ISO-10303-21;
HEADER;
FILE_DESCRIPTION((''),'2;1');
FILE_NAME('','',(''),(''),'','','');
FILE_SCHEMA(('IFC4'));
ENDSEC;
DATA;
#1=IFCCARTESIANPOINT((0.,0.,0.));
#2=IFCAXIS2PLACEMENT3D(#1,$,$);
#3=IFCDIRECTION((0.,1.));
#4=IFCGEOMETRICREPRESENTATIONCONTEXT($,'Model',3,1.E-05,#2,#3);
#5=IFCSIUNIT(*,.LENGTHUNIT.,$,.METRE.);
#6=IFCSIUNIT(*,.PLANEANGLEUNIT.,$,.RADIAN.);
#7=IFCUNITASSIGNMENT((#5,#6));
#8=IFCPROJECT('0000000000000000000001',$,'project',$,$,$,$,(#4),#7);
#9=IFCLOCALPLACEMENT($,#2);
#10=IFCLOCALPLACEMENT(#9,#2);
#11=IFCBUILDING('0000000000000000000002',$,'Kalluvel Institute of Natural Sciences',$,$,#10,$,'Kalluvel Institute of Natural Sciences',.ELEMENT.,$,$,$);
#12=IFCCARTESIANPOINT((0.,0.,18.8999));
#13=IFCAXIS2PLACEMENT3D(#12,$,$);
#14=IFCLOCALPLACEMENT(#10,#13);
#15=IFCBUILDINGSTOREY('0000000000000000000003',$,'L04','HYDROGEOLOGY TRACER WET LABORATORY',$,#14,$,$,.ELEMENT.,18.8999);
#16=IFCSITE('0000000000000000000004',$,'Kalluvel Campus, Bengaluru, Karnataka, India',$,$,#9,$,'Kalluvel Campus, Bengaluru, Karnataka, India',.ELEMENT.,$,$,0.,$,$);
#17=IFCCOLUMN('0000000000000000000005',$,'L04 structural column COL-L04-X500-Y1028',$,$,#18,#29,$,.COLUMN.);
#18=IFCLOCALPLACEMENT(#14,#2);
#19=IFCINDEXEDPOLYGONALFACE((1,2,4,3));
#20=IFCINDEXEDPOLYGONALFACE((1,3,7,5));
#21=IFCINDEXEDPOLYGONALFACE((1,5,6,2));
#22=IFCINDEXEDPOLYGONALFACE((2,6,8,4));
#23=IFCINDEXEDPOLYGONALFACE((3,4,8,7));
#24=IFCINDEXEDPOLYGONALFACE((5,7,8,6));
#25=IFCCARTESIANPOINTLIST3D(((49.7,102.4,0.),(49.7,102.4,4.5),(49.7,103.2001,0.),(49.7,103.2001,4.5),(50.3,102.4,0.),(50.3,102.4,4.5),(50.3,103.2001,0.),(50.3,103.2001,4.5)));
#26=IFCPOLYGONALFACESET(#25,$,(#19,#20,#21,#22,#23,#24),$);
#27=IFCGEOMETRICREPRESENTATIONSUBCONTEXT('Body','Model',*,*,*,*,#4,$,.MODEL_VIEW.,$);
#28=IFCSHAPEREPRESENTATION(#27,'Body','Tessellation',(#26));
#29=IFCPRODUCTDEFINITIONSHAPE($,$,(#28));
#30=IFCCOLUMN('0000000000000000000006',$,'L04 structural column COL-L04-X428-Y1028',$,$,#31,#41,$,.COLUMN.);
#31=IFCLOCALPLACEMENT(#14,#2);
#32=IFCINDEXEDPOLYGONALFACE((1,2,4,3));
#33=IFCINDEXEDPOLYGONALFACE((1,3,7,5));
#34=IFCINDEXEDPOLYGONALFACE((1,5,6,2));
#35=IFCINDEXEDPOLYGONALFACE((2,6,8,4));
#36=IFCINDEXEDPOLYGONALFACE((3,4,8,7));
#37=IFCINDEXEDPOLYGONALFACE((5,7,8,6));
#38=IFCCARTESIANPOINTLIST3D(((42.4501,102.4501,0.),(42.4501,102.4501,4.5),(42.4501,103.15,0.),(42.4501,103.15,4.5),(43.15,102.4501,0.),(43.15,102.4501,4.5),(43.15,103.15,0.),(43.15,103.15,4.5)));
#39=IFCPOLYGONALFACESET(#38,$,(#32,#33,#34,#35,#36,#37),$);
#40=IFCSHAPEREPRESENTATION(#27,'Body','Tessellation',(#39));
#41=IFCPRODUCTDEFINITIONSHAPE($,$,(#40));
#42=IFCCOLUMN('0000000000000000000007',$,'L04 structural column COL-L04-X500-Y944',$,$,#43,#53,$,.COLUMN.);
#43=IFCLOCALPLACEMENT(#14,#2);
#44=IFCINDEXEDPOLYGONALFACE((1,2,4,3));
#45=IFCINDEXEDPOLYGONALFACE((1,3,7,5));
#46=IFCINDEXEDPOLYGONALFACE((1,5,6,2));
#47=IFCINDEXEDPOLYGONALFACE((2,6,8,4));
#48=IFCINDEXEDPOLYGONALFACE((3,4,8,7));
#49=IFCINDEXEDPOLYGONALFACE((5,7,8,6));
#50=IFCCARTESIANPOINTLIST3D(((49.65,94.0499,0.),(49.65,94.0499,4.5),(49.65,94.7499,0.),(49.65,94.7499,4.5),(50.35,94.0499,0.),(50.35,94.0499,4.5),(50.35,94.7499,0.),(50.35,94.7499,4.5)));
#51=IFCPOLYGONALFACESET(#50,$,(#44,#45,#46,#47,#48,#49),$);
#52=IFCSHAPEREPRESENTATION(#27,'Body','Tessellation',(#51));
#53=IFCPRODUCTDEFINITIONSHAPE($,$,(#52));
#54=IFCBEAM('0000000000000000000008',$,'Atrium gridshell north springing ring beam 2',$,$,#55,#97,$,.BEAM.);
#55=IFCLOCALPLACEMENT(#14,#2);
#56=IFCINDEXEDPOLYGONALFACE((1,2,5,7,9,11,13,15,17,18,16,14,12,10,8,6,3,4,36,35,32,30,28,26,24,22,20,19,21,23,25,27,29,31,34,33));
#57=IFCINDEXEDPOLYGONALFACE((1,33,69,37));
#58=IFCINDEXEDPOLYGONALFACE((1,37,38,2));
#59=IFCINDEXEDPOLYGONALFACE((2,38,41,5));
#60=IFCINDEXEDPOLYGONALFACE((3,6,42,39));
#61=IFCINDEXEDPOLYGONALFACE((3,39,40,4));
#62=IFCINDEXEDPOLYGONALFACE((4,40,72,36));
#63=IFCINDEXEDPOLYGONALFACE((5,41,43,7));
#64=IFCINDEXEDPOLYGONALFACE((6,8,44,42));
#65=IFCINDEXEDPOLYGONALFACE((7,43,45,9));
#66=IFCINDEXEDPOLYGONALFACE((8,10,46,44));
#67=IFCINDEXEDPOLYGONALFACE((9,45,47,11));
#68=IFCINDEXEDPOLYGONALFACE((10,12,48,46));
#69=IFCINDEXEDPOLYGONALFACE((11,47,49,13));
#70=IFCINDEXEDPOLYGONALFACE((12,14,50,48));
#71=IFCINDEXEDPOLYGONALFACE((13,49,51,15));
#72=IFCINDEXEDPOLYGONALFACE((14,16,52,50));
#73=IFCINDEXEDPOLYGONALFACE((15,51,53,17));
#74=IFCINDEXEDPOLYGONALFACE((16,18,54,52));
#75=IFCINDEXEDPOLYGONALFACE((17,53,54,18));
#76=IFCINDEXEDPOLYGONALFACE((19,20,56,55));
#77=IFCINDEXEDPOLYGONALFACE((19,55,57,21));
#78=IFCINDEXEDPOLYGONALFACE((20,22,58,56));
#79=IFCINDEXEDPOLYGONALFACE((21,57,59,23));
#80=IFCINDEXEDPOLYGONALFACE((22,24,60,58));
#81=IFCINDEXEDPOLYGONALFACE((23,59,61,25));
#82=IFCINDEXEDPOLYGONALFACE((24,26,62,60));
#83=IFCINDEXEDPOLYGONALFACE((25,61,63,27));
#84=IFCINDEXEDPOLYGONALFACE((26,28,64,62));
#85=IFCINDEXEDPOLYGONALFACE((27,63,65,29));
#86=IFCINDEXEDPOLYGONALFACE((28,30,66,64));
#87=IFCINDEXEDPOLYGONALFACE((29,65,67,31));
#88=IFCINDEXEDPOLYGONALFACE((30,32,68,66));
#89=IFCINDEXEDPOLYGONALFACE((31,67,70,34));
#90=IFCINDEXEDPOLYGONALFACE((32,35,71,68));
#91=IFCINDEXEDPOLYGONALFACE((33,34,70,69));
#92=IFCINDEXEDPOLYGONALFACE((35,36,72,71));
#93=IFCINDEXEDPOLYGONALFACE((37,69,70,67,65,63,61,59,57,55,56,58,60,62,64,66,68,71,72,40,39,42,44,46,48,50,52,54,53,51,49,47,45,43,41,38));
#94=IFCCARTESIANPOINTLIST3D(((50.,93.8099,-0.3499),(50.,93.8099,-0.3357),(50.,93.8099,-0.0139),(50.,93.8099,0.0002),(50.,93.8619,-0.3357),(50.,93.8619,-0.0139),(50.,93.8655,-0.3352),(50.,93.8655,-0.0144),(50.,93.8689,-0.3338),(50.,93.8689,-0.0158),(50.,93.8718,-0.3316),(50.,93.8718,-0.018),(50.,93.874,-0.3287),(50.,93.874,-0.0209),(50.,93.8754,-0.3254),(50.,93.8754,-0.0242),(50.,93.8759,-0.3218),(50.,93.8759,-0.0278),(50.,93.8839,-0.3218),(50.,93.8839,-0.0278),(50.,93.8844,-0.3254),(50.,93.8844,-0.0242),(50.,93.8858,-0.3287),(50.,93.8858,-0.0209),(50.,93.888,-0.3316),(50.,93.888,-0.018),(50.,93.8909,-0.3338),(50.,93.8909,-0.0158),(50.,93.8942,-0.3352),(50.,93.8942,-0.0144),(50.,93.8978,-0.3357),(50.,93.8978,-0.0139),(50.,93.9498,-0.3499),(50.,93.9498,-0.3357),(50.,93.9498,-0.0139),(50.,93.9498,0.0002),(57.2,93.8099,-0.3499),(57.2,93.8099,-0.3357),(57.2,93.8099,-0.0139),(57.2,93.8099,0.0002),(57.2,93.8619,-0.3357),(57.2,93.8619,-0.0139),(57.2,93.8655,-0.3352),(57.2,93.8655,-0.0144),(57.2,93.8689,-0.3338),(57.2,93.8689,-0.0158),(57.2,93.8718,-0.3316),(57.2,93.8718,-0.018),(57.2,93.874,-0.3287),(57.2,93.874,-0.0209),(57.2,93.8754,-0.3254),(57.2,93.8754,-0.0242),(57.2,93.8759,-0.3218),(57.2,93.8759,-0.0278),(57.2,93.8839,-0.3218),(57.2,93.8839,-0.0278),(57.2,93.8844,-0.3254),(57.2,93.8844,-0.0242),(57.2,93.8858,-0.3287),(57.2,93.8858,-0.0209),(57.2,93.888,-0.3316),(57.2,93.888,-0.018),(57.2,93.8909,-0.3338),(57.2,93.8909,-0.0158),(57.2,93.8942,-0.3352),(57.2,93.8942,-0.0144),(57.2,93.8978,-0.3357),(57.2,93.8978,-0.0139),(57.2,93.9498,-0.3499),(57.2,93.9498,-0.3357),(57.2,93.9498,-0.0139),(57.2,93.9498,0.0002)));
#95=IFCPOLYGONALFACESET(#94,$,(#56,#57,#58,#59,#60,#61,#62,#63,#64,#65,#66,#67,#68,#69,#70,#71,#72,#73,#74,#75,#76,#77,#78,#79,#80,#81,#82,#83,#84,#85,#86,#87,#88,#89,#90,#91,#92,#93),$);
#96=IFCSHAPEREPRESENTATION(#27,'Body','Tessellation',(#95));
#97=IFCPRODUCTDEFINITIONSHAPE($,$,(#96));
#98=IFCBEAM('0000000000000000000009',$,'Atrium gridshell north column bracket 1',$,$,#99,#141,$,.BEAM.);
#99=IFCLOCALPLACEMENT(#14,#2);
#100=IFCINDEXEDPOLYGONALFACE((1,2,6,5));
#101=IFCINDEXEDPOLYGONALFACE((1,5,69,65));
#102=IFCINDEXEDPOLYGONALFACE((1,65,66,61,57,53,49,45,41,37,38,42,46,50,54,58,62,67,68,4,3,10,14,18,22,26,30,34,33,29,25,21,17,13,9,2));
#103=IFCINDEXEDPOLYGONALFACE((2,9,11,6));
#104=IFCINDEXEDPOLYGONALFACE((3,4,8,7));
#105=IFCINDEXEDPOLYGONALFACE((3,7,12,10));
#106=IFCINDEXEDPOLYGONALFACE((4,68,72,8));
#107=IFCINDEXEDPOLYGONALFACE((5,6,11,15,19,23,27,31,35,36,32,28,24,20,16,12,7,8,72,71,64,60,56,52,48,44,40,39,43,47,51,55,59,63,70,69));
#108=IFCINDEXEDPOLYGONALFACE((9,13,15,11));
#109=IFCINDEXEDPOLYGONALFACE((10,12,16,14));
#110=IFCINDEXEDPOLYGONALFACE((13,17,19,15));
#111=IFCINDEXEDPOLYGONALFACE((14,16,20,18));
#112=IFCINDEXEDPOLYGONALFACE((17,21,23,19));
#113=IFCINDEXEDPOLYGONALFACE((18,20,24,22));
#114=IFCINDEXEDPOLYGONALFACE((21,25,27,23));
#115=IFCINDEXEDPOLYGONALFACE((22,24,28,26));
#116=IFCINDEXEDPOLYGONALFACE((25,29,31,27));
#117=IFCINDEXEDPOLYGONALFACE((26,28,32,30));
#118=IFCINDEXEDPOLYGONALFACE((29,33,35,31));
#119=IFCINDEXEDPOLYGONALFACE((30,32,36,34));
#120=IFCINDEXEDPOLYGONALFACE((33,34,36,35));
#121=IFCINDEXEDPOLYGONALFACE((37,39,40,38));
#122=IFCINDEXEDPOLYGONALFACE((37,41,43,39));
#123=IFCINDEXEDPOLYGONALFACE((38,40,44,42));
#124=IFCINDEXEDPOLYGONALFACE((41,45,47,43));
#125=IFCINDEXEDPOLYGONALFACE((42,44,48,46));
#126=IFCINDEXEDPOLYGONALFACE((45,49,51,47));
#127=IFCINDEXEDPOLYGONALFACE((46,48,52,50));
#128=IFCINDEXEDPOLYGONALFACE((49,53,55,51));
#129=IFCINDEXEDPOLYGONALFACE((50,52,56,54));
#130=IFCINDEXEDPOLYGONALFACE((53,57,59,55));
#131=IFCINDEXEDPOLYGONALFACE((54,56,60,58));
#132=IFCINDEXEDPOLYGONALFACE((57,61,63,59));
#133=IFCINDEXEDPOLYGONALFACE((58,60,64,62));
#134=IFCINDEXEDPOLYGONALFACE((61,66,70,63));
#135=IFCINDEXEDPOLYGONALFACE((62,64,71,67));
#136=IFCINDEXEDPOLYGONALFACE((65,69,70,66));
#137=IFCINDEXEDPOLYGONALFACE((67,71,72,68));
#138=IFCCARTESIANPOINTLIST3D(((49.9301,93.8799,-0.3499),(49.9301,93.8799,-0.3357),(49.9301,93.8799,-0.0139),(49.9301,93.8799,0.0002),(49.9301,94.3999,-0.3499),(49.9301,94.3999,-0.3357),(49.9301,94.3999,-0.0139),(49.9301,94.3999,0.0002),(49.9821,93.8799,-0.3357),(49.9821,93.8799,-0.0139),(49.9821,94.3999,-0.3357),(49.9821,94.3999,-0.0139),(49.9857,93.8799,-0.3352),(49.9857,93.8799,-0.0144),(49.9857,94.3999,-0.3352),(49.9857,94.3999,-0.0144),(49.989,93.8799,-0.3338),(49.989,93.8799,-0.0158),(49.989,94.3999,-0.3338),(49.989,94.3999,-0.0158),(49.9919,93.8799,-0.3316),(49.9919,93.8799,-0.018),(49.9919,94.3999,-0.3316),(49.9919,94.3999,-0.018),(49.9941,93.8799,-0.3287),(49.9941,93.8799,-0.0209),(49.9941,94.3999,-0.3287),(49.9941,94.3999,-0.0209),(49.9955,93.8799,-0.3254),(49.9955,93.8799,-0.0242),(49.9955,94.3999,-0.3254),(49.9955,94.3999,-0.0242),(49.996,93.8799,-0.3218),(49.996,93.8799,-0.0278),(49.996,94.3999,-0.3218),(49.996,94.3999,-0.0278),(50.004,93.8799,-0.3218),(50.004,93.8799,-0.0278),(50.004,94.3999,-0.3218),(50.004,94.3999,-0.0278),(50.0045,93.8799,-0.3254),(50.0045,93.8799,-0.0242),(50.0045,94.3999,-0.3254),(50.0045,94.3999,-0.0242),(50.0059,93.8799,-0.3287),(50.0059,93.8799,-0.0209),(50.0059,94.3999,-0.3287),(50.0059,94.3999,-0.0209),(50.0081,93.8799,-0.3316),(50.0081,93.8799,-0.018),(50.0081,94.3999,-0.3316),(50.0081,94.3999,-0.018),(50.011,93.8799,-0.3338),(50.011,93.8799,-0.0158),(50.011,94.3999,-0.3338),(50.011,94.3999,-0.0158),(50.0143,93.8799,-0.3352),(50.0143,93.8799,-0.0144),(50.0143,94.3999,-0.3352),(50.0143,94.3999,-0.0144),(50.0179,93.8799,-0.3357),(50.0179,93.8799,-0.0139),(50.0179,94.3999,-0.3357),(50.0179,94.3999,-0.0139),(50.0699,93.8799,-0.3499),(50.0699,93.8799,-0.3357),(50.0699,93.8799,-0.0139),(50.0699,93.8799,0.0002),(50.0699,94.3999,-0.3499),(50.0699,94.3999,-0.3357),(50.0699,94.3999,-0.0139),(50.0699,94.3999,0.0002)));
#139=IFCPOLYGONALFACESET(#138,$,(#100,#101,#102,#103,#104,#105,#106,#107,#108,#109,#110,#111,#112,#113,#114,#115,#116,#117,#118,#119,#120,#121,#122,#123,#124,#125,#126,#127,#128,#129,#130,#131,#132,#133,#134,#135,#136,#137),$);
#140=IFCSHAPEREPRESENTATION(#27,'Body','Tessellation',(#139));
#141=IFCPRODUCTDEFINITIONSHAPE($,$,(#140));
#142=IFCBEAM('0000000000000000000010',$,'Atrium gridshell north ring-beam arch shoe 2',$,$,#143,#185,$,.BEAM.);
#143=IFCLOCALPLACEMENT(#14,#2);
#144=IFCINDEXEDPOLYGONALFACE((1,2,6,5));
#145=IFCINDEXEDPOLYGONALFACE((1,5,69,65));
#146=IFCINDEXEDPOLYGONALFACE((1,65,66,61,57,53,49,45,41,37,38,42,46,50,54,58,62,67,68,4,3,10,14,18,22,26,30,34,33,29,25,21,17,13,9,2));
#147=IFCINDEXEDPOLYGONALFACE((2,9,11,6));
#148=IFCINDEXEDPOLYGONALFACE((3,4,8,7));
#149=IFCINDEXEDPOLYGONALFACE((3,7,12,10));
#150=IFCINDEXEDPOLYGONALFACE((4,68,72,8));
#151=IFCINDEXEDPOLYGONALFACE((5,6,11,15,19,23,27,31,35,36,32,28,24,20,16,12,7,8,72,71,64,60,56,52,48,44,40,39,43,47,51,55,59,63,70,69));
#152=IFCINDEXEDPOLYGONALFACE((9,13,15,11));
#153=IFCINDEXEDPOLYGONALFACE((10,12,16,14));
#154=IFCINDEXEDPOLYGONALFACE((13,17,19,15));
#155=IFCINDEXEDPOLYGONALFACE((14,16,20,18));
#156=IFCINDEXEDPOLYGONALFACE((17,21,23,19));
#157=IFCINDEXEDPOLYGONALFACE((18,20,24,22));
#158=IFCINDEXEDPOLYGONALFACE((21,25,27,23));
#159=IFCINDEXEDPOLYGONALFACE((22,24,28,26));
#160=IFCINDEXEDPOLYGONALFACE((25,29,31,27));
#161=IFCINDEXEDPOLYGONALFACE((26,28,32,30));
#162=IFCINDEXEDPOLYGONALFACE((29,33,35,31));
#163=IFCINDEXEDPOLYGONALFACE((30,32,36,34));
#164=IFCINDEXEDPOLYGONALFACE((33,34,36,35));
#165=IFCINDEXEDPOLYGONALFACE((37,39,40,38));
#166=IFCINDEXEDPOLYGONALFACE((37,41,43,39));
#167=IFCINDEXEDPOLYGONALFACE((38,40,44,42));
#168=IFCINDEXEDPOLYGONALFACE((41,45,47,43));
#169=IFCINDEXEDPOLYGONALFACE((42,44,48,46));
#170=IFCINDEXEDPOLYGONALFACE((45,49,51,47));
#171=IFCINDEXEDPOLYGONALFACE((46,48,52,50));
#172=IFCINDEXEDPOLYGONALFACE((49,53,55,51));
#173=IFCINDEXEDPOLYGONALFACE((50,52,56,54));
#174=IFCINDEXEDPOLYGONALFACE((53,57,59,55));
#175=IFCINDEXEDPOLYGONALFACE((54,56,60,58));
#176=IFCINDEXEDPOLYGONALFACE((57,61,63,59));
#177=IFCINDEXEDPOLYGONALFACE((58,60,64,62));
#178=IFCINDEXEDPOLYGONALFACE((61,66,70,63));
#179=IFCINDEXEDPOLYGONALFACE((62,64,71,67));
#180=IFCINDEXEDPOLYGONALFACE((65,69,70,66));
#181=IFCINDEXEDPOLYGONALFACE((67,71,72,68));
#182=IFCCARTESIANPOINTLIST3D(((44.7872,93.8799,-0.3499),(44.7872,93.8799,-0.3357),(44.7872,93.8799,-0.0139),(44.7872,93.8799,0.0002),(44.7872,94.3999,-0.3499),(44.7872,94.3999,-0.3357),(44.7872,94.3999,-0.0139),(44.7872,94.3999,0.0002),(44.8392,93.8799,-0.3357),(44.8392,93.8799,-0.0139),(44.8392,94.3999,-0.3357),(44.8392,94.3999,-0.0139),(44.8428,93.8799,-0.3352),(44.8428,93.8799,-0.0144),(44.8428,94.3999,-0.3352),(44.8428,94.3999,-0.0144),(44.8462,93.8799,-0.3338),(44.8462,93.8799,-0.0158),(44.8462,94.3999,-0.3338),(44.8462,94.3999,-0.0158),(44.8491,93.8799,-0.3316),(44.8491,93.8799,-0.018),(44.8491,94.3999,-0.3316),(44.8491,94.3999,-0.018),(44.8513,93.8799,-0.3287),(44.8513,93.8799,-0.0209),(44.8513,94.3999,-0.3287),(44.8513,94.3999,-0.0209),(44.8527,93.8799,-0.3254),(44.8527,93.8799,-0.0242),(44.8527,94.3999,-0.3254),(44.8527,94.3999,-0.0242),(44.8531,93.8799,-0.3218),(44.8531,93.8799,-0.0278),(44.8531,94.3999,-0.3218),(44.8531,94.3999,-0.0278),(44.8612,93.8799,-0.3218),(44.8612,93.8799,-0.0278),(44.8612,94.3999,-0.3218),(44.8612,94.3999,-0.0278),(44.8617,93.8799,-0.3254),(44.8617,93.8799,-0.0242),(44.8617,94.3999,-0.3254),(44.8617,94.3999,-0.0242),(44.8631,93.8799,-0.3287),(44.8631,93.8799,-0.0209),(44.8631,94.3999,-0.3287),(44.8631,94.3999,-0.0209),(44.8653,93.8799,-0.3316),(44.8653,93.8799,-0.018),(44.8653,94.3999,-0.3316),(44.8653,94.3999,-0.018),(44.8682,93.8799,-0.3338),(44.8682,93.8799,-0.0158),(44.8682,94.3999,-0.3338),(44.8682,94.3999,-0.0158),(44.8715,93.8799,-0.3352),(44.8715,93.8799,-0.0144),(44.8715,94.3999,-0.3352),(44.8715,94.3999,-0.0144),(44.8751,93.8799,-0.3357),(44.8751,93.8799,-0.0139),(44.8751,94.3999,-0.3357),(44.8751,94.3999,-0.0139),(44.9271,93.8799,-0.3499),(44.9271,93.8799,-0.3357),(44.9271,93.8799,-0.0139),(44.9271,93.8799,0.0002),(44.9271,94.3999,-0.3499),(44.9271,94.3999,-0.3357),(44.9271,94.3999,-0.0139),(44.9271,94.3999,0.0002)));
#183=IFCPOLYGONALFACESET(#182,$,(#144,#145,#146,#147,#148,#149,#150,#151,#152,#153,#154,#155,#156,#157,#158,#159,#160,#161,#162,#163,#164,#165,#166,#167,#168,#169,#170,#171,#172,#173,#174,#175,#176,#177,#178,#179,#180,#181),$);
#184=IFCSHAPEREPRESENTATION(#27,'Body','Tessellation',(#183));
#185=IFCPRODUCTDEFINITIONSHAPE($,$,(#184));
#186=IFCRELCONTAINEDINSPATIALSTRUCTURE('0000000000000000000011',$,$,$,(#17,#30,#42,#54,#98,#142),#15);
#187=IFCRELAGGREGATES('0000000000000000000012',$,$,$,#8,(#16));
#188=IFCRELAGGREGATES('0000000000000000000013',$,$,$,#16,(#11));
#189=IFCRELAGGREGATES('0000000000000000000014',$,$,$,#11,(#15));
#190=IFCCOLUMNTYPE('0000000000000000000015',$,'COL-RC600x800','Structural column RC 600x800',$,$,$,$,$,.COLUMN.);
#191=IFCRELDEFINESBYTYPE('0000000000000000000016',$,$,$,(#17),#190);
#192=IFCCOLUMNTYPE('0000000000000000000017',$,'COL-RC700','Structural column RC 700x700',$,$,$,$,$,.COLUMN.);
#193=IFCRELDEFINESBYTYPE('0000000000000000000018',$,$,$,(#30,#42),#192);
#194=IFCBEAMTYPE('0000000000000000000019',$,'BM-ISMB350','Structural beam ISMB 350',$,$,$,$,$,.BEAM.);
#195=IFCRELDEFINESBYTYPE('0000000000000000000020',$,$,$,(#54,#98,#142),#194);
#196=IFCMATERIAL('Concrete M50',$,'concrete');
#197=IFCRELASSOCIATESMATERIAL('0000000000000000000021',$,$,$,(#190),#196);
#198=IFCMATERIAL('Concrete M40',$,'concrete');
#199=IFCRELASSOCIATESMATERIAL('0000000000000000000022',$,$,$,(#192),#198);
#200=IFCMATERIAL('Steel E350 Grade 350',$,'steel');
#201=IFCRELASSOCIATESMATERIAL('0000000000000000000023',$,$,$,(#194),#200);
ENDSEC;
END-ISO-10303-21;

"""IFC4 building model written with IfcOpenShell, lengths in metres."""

from ifc_helpers import new_model, si_unit, direction, frame, origin, origin_2d, place, context, subcontext, project, spatial, rectangle, i_section, extrude, material, material_profile, profile_set, type_object, element, save


model = new_model("IFC4")

# Units and contexts
model_context = context("Model", 3, precision=1e-05, world=origin(), true_north=direction((0.0, 1.0)))
body_context = subcontext(model_context, "Body", "Model", "MODEL_VIEW")
ifc_project = project(units=[si_unit("LENGTHUNIT", "METRE"), si_unit("PLANEANGLEUNIT", "RADIAN")], contexts=[model_context])

# Site, building, storey
site_placement = place(None, origin())
site = spatial("IfcSite", under=ifc_project, at=site_placement, Name="Kalluvel Campus, Bengaluru, Karnataka, India", LongName="Kalluvel Campus, Bengaluru, Karnataka, India", CompositionType="ELEMENT", RefElevation=0.0)
building_placement = place(site_placement, origin())
building = spatial("IfcBuilding", under=site, at=building_placement, Name="Kalluvel Institute of Natural Sciences", LongName="Kalluvel Institute of Natural Sciences", CompositionType="ELEMENT")
storey_placement = place(building_placement, frame((0.0, 0.0, 18.8999)))
storey = spatial("IfcBuildingStorey", under=building, at=storey_placement, Name="L04", Description="HYDROGEOLOGY TRACER WET LABORATORY", CompositionType="ELEMENT", Elevation=18.8999)

# Columns
ifc_material_1 = material(Name="Concrete M50", Category="concrete")
ifc_material_profile_1 = material_profile(ifc_material_1, rectangle(XDim=0.6001, YDim=0.8, at=origin_2d()), Name="RC 600x800")
ifc_profile_set_1 = profile_set([ifc_material_profile_1], Name="Concrete M50")
column_type_1 = type_object("IfcColumnType", Name="COL-RC600x800", Description="Structural column RC 600x800", PredefinedType="COLUMN", material=ifc_profile_set_1)
column_placement = place(storey_placement, frame((50.0, 102.8, 0.0), z_axis=(0.0, 0.0, 1.0), x_axis=(1.0, 0.0, 0.0)))
element("IfcColumn", 1, at=column_placement, inside=storey, type_object=column_type_1, Name="L04 structural column COL-L04-X500-Y1028", PredefinedType="COLUMN", context=body_context, shape_type="SweptSolid", body=[
    extrude(rectangle(XDim=0.6001, YDim=0.8, at=origin_2d()), origin(), (0.0, 0.0, 1.0), 4.5),
])
ifc_material_2 = material(Name="Concrete M40", Category="concrete")
ifc_material_profile_2 = material_profile(ifc_material_2, rectangle(XDim=0.7, YDim=0.7, at=origin_2d()), Name="RC 700x700")
ifc_profile_set_2 = profile_set([ifc_material_profile_2], Name="Concrete M40")
column_type_2 = type_object("IfcColumnType", Name="COL-RC700", Description="Structural column RC 700x700", PredefinedType="COLUMN", material=ifc_profile_set_2)
for number, where, z_axis, x_axis, name in (
    (2, (42.8, 102.8, 0.0), (0.0, 0.0, 1.0), (1.0, 0.0, 0.0), "L04 structural column COL-L04-X428-Y1028"),
    (3, (50.0, 94.3999, 0.0), (0.0, 0.0, 1.0), (1.0, 0.0, 0.0), "L04 structural column COL-L04-X500-Y944"),
):
    element("IfcColumn", number, at=place(storey_placement, frame(where, z_axis=z_axis, x_axis=x_axis)), inside=storey, type_object=column_type_2, Name=name, PredefinedType="COLUMN", context=body_context, shape_type="SweptSolid", body=[
        extrude(rectangle(XDim=0.7, YDim=0.7, at=origin_2d()), origin(), (0.0, 0.0, 1.0), 4.5),
    ])

# Beams
ifc_material_3 = material(Name="Steel E350 Grade 350", Category="steel")
ifc_material_profile_3 = material_profile(ifc_material_3, i_section(OverallWidth=0.1399, OverallDepth=0.3501, WebThickness=0.0081, FlangeThickness=0.0142, FilletRadius=0.0139, at=origin_2d()), Name="ISMB 350")
ifc_profile_set_3 = profile_set([ifc_material_profile_3], Name="Steel E350 Grade 350")
beam_type_1 = type_object("IfcBeamType", Name="BM-ISMB350", Description="Structural beam ISMB 350", PredefinedType="BEAM", material=ifc_profile_set_3)
beam_1_placement = place(storey_placement, frame((50.0, 93.8799, -0.1748), z_axis=(1.0, 0.0, 0.0), x_axis=(0.0, 1.0, 0.0)))
element("IfcBeam", 4, at=beam_1_placement, inside=storey, type_object=beam_type_1, Name="Atrium gridshell north springing ring beam 2", PredefinedType="BEAM", context=body_context, shape_type="SweptSolid", body=[
    extrude(i_section(OverallWidth=0.1399, OverallDepth=0.3501, WebThickness=0.0081, FlangeThickness=0.0142, FilletRadius=0.0139, at=origin_2d()), origin(), (0.0, 0.0, 1.0), 7.2),
])
for number, where, z_axis, x_axis, name in (
    (5, (50.0, 93.8799, -0.1748), (0.0, 1.0, 0.0), (-1.0, 0.0, 0.0), "Atrium gridshell north column bracket 1"),
    (6, (44.8572, 93.8799, -0.1748), (0.0, 1.0, 0.0), (-1.0, 0.0, 0.0), "Atrium gridshell north ring-beam arch shoe 2"),
):
    element("IfcBeam", number, at=place(storey_placement, frame(where, z_axis=z_axis, x_axis=x_axis)), inside=storey, type_object=beam_type_1, Name=name, PredefinedType="BEAM", context=body_context, shape_type="SweptSolid", body=[
        extrude(i_section(OverallWidth=0.1399, OverallDepth=0.3501, WebThickness=0.0081, FlangeThickness=0.0142, FilletRadius=0.0139, at=origin_2d()), origin(), (0.0, 0.0, 1.0), 0.52),
    ])

save(model, "model.ifc")
